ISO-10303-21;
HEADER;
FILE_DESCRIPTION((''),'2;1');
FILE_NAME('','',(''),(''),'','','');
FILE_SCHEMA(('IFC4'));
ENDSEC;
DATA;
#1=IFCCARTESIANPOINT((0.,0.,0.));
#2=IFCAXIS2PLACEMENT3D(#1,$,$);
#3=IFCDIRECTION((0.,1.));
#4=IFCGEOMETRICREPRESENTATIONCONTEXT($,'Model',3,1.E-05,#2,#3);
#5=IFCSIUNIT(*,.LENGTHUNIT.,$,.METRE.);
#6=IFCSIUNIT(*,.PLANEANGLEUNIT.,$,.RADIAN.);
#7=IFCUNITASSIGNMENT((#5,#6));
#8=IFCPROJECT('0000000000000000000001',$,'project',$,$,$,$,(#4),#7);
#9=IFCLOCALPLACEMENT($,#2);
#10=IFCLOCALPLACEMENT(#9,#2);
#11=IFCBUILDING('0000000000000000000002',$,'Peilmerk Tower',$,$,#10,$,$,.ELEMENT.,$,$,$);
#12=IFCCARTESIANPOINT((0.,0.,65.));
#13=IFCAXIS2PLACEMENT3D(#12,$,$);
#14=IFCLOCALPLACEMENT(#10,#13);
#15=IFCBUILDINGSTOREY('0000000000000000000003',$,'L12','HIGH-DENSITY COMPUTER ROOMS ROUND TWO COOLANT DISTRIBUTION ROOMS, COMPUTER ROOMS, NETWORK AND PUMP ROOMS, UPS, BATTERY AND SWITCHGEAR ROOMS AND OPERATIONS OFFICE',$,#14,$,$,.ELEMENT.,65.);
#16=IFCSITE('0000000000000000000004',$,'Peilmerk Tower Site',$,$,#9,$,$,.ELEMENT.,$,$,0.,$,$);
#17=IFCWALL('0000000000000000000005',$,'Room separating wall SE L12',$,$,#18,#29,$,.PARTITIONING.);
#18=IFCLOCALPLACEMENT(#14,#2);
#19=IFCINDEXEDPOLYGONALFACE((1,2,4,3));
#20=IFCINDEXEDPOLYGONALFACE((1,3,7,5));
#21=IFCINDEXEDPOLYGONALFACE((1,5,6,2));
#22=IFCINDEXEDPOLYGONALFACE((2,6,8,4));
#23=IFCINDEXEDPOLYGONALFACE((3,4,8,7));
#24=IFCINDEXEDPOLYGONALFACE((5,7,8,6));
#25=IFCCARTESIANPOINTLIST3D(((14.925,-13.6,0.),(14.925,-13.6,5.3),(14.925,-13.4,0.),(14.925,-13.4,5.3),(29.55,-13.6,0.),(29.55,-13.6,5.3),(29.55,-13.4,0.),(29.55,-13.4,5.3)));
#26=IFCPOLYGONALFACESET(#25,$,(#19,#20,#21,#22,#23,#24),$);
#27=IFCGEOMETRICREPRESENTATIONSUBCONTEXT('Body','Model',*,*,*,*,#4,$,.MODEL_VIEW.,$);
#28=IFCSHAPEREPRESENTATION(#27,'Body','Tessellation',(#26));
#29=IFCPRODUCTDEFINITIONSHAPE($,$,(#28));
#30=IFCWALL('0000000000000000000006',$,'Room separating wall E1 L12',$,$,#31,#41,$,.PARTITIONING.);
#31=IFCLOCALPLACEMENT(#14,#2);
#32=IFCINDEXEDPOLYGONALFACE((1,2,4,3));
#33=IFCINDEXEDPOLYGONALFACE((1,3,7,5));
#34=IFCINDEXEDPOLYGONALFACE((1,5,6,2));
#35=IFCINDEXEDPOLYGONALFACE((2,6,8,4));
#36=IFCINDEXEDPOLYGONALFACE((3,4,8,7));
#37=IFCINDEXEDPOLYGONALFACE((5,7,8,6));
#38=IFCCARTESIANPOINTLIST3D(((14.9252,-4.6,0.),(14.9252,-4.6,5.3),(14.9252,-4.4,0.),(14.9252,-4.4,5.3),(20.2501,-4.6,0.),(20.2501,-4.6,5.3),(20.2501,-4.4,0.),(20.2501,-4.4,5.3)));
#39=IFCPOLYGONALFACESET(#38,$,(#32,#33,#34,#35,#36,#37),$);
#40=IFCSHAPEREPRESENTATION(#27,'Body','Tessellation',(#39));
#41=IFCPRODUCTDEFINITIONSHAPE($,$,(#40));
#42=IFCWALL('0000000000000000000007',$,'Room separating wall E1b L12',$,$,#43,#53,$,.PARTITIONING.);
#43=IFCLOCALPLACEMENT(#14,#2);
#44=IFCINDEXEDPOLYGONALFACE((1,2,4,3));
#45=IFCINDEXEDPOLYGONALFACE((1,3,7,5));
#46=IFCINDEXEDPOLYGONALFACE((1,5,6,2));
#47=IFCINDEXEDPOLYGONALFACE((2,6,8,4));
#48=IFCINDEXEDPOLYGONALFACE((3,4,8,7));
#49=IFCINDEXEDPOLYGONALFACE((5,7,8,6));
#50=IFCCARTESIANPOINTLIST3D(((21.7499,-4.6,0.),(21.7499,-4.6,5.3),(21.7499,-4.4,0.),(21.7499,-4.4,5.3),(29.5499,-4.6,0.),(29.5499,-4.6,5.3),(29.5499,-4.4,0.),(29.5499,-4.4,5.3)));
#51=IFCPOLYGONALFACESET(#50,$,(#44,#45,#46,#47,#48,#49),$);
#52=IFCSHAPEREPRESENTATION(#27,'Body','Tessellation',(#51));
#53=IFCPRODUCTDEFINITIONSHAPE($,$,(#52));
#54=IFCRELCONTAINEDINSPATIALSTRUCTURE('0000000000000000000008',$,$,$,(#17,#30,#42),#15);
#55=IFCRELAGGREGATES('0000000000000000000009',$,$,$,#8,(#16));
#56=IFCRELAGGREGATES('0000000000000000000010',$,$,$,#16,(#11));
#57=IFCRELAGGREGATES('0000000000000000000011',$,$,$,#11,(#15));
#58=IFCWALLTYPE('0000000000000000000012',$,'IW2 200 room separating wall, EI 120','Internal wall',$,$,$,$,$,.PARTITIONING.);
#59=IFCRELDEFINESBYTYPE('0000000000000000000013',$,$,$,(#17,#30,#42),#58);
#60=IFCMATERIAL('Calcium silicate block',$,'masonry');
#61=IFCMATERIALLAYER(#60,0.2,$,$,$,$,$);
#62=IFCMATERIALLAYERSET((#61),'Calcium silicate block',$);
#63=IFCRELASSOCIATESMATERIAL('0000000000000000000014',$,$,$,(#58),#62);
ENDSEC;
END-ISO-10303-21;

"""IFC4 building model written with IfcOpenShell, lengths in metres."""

from ifc_helpers import new_model, si_unit, direction, frame, frame_2d, origin, place, context, subcontext, project, spatial, rectangle, extrude, material, layer, layer_set, type_object, element, save


model = new_model("IFC4")

# Units and contexts
model_context = context("Model", 3, precision=1e-05, world=origin(), true_north=direction((0.0, 1.0)))
body_context = subcontext(model_context, "Body", "Model", "MODEL_VIEW")
ifc_project = project(units=[si_unit("LENGTHUNIT", "METRE"), si_unit("PLANEANGLEUNIT", "RADIAN")], contexts=[model_context])

# Site, building, storey
site_placement = place(None, origin())
site = spatial("IfcSite", under=ifc_project, at=site_placement, Name="Peilmerk Tower Site", CompositionType="ELEMENT", RefElevation=0.0)
building_placement = place(site_placement, origin())
building = spatial("IfcBuilding", under=site, at=building_placement, Name="Peilmerk Tower", CompositionType="ELEMENT")
storey_placement = place(building_placement, frame((0.0, 0.0, 65.0)))
storey = spatial("IfcBuildingStorey", under=building, at=storey_placement, Name="L12", Description="HIGH-DENSITY COMPUTER ROOMS ROUND TWO COOLANT DISTRIBUTION ROOMS, COMPUTER ROOMS, NETWORK AND PUMP ROOMS, UPS, BATTERY AND SWITCHGEAR ROOMS AND OPERATIONS OFFICE", CompositionType="ELEMENT", Elevation=65.0)

# Shared definitions
ifc_material_1 = material(Name="Calcium silicate block", Category="masonry")

# Walls
ifc_layer_1 = layer(ifc_material_1, 0.2)
ifc_layer_set_1 = layer_set([ifc_layer_1], Name="Calcium silicate block")
wall_type_1 = type_object("IfcWallType", Name="IW2 200 room separating wall, EI 120", Description="Internal wall", PredefinedType="PARTITIONING", material=ifc_layer_set_1)
wall_1_placement = place(storey_placement, frame((29.55, -13.5, 0.0), z_axis=(0.0, 0.0, 1.0), x_axis=(-1.0, 0.0, 0.0)))
element("IfcWall", 1, at=wall_1_placement, inside=storey, type_object=wall_type_1, Name="Room separating wall SE L12", PredefinedType="PARTITIONING", context=body_context, shape_type="SweptSolid", body=[
    extrude(rectangle(XDim=14.625, YDim=0.2, at=frame_2d((7.3125, 0.0))), origin(), (0.0, 0.0, 1.0), 5.3),
])
wall_2_placement = place(storey_placement, frame((14.925, -4.5, 0.0), z_axis=(0.0, 0.0, 1.0), x_axis=(1.0, 0.0, 0.0)))
element("IfcWall", 2, at=wall_2_placement, inside=storey, type_object=wall_type_1, Name="Room separating wall E1 L12", PredefinedType="PARTITIONING", context=body_context, shape_type="SweptSolid", body=[
    extrude(rectangle(XDim=5.325, YDim=0.2, at=frame_2d((2.6626, 0.0))), origin(), (0.0, 0.0, 1.0), 5.3),
])
wall_3_placement = place(storey_placement, frame((21.75, -4.5, 0.0), z_axis=(0.0, 0.0, 1.0), x_axis=(1.0, 0.0, 0.0)))
element("IfcWall", 3, at=wall_3_placement, inside=storey, type_object=wall_type_1, Name="Room separating wall E1b L12", PredefinedType="PARTITIONING", context=body_context, shape_type="SweptSolid", body=[
    extrude(rectangle(XDim=7.8, YDim=0.2, at=frame_2d((3.8999, 0.0))), origin(), (0.0, 0.0, 1.0), 5.3),
])

save(model, "model.ifc")
